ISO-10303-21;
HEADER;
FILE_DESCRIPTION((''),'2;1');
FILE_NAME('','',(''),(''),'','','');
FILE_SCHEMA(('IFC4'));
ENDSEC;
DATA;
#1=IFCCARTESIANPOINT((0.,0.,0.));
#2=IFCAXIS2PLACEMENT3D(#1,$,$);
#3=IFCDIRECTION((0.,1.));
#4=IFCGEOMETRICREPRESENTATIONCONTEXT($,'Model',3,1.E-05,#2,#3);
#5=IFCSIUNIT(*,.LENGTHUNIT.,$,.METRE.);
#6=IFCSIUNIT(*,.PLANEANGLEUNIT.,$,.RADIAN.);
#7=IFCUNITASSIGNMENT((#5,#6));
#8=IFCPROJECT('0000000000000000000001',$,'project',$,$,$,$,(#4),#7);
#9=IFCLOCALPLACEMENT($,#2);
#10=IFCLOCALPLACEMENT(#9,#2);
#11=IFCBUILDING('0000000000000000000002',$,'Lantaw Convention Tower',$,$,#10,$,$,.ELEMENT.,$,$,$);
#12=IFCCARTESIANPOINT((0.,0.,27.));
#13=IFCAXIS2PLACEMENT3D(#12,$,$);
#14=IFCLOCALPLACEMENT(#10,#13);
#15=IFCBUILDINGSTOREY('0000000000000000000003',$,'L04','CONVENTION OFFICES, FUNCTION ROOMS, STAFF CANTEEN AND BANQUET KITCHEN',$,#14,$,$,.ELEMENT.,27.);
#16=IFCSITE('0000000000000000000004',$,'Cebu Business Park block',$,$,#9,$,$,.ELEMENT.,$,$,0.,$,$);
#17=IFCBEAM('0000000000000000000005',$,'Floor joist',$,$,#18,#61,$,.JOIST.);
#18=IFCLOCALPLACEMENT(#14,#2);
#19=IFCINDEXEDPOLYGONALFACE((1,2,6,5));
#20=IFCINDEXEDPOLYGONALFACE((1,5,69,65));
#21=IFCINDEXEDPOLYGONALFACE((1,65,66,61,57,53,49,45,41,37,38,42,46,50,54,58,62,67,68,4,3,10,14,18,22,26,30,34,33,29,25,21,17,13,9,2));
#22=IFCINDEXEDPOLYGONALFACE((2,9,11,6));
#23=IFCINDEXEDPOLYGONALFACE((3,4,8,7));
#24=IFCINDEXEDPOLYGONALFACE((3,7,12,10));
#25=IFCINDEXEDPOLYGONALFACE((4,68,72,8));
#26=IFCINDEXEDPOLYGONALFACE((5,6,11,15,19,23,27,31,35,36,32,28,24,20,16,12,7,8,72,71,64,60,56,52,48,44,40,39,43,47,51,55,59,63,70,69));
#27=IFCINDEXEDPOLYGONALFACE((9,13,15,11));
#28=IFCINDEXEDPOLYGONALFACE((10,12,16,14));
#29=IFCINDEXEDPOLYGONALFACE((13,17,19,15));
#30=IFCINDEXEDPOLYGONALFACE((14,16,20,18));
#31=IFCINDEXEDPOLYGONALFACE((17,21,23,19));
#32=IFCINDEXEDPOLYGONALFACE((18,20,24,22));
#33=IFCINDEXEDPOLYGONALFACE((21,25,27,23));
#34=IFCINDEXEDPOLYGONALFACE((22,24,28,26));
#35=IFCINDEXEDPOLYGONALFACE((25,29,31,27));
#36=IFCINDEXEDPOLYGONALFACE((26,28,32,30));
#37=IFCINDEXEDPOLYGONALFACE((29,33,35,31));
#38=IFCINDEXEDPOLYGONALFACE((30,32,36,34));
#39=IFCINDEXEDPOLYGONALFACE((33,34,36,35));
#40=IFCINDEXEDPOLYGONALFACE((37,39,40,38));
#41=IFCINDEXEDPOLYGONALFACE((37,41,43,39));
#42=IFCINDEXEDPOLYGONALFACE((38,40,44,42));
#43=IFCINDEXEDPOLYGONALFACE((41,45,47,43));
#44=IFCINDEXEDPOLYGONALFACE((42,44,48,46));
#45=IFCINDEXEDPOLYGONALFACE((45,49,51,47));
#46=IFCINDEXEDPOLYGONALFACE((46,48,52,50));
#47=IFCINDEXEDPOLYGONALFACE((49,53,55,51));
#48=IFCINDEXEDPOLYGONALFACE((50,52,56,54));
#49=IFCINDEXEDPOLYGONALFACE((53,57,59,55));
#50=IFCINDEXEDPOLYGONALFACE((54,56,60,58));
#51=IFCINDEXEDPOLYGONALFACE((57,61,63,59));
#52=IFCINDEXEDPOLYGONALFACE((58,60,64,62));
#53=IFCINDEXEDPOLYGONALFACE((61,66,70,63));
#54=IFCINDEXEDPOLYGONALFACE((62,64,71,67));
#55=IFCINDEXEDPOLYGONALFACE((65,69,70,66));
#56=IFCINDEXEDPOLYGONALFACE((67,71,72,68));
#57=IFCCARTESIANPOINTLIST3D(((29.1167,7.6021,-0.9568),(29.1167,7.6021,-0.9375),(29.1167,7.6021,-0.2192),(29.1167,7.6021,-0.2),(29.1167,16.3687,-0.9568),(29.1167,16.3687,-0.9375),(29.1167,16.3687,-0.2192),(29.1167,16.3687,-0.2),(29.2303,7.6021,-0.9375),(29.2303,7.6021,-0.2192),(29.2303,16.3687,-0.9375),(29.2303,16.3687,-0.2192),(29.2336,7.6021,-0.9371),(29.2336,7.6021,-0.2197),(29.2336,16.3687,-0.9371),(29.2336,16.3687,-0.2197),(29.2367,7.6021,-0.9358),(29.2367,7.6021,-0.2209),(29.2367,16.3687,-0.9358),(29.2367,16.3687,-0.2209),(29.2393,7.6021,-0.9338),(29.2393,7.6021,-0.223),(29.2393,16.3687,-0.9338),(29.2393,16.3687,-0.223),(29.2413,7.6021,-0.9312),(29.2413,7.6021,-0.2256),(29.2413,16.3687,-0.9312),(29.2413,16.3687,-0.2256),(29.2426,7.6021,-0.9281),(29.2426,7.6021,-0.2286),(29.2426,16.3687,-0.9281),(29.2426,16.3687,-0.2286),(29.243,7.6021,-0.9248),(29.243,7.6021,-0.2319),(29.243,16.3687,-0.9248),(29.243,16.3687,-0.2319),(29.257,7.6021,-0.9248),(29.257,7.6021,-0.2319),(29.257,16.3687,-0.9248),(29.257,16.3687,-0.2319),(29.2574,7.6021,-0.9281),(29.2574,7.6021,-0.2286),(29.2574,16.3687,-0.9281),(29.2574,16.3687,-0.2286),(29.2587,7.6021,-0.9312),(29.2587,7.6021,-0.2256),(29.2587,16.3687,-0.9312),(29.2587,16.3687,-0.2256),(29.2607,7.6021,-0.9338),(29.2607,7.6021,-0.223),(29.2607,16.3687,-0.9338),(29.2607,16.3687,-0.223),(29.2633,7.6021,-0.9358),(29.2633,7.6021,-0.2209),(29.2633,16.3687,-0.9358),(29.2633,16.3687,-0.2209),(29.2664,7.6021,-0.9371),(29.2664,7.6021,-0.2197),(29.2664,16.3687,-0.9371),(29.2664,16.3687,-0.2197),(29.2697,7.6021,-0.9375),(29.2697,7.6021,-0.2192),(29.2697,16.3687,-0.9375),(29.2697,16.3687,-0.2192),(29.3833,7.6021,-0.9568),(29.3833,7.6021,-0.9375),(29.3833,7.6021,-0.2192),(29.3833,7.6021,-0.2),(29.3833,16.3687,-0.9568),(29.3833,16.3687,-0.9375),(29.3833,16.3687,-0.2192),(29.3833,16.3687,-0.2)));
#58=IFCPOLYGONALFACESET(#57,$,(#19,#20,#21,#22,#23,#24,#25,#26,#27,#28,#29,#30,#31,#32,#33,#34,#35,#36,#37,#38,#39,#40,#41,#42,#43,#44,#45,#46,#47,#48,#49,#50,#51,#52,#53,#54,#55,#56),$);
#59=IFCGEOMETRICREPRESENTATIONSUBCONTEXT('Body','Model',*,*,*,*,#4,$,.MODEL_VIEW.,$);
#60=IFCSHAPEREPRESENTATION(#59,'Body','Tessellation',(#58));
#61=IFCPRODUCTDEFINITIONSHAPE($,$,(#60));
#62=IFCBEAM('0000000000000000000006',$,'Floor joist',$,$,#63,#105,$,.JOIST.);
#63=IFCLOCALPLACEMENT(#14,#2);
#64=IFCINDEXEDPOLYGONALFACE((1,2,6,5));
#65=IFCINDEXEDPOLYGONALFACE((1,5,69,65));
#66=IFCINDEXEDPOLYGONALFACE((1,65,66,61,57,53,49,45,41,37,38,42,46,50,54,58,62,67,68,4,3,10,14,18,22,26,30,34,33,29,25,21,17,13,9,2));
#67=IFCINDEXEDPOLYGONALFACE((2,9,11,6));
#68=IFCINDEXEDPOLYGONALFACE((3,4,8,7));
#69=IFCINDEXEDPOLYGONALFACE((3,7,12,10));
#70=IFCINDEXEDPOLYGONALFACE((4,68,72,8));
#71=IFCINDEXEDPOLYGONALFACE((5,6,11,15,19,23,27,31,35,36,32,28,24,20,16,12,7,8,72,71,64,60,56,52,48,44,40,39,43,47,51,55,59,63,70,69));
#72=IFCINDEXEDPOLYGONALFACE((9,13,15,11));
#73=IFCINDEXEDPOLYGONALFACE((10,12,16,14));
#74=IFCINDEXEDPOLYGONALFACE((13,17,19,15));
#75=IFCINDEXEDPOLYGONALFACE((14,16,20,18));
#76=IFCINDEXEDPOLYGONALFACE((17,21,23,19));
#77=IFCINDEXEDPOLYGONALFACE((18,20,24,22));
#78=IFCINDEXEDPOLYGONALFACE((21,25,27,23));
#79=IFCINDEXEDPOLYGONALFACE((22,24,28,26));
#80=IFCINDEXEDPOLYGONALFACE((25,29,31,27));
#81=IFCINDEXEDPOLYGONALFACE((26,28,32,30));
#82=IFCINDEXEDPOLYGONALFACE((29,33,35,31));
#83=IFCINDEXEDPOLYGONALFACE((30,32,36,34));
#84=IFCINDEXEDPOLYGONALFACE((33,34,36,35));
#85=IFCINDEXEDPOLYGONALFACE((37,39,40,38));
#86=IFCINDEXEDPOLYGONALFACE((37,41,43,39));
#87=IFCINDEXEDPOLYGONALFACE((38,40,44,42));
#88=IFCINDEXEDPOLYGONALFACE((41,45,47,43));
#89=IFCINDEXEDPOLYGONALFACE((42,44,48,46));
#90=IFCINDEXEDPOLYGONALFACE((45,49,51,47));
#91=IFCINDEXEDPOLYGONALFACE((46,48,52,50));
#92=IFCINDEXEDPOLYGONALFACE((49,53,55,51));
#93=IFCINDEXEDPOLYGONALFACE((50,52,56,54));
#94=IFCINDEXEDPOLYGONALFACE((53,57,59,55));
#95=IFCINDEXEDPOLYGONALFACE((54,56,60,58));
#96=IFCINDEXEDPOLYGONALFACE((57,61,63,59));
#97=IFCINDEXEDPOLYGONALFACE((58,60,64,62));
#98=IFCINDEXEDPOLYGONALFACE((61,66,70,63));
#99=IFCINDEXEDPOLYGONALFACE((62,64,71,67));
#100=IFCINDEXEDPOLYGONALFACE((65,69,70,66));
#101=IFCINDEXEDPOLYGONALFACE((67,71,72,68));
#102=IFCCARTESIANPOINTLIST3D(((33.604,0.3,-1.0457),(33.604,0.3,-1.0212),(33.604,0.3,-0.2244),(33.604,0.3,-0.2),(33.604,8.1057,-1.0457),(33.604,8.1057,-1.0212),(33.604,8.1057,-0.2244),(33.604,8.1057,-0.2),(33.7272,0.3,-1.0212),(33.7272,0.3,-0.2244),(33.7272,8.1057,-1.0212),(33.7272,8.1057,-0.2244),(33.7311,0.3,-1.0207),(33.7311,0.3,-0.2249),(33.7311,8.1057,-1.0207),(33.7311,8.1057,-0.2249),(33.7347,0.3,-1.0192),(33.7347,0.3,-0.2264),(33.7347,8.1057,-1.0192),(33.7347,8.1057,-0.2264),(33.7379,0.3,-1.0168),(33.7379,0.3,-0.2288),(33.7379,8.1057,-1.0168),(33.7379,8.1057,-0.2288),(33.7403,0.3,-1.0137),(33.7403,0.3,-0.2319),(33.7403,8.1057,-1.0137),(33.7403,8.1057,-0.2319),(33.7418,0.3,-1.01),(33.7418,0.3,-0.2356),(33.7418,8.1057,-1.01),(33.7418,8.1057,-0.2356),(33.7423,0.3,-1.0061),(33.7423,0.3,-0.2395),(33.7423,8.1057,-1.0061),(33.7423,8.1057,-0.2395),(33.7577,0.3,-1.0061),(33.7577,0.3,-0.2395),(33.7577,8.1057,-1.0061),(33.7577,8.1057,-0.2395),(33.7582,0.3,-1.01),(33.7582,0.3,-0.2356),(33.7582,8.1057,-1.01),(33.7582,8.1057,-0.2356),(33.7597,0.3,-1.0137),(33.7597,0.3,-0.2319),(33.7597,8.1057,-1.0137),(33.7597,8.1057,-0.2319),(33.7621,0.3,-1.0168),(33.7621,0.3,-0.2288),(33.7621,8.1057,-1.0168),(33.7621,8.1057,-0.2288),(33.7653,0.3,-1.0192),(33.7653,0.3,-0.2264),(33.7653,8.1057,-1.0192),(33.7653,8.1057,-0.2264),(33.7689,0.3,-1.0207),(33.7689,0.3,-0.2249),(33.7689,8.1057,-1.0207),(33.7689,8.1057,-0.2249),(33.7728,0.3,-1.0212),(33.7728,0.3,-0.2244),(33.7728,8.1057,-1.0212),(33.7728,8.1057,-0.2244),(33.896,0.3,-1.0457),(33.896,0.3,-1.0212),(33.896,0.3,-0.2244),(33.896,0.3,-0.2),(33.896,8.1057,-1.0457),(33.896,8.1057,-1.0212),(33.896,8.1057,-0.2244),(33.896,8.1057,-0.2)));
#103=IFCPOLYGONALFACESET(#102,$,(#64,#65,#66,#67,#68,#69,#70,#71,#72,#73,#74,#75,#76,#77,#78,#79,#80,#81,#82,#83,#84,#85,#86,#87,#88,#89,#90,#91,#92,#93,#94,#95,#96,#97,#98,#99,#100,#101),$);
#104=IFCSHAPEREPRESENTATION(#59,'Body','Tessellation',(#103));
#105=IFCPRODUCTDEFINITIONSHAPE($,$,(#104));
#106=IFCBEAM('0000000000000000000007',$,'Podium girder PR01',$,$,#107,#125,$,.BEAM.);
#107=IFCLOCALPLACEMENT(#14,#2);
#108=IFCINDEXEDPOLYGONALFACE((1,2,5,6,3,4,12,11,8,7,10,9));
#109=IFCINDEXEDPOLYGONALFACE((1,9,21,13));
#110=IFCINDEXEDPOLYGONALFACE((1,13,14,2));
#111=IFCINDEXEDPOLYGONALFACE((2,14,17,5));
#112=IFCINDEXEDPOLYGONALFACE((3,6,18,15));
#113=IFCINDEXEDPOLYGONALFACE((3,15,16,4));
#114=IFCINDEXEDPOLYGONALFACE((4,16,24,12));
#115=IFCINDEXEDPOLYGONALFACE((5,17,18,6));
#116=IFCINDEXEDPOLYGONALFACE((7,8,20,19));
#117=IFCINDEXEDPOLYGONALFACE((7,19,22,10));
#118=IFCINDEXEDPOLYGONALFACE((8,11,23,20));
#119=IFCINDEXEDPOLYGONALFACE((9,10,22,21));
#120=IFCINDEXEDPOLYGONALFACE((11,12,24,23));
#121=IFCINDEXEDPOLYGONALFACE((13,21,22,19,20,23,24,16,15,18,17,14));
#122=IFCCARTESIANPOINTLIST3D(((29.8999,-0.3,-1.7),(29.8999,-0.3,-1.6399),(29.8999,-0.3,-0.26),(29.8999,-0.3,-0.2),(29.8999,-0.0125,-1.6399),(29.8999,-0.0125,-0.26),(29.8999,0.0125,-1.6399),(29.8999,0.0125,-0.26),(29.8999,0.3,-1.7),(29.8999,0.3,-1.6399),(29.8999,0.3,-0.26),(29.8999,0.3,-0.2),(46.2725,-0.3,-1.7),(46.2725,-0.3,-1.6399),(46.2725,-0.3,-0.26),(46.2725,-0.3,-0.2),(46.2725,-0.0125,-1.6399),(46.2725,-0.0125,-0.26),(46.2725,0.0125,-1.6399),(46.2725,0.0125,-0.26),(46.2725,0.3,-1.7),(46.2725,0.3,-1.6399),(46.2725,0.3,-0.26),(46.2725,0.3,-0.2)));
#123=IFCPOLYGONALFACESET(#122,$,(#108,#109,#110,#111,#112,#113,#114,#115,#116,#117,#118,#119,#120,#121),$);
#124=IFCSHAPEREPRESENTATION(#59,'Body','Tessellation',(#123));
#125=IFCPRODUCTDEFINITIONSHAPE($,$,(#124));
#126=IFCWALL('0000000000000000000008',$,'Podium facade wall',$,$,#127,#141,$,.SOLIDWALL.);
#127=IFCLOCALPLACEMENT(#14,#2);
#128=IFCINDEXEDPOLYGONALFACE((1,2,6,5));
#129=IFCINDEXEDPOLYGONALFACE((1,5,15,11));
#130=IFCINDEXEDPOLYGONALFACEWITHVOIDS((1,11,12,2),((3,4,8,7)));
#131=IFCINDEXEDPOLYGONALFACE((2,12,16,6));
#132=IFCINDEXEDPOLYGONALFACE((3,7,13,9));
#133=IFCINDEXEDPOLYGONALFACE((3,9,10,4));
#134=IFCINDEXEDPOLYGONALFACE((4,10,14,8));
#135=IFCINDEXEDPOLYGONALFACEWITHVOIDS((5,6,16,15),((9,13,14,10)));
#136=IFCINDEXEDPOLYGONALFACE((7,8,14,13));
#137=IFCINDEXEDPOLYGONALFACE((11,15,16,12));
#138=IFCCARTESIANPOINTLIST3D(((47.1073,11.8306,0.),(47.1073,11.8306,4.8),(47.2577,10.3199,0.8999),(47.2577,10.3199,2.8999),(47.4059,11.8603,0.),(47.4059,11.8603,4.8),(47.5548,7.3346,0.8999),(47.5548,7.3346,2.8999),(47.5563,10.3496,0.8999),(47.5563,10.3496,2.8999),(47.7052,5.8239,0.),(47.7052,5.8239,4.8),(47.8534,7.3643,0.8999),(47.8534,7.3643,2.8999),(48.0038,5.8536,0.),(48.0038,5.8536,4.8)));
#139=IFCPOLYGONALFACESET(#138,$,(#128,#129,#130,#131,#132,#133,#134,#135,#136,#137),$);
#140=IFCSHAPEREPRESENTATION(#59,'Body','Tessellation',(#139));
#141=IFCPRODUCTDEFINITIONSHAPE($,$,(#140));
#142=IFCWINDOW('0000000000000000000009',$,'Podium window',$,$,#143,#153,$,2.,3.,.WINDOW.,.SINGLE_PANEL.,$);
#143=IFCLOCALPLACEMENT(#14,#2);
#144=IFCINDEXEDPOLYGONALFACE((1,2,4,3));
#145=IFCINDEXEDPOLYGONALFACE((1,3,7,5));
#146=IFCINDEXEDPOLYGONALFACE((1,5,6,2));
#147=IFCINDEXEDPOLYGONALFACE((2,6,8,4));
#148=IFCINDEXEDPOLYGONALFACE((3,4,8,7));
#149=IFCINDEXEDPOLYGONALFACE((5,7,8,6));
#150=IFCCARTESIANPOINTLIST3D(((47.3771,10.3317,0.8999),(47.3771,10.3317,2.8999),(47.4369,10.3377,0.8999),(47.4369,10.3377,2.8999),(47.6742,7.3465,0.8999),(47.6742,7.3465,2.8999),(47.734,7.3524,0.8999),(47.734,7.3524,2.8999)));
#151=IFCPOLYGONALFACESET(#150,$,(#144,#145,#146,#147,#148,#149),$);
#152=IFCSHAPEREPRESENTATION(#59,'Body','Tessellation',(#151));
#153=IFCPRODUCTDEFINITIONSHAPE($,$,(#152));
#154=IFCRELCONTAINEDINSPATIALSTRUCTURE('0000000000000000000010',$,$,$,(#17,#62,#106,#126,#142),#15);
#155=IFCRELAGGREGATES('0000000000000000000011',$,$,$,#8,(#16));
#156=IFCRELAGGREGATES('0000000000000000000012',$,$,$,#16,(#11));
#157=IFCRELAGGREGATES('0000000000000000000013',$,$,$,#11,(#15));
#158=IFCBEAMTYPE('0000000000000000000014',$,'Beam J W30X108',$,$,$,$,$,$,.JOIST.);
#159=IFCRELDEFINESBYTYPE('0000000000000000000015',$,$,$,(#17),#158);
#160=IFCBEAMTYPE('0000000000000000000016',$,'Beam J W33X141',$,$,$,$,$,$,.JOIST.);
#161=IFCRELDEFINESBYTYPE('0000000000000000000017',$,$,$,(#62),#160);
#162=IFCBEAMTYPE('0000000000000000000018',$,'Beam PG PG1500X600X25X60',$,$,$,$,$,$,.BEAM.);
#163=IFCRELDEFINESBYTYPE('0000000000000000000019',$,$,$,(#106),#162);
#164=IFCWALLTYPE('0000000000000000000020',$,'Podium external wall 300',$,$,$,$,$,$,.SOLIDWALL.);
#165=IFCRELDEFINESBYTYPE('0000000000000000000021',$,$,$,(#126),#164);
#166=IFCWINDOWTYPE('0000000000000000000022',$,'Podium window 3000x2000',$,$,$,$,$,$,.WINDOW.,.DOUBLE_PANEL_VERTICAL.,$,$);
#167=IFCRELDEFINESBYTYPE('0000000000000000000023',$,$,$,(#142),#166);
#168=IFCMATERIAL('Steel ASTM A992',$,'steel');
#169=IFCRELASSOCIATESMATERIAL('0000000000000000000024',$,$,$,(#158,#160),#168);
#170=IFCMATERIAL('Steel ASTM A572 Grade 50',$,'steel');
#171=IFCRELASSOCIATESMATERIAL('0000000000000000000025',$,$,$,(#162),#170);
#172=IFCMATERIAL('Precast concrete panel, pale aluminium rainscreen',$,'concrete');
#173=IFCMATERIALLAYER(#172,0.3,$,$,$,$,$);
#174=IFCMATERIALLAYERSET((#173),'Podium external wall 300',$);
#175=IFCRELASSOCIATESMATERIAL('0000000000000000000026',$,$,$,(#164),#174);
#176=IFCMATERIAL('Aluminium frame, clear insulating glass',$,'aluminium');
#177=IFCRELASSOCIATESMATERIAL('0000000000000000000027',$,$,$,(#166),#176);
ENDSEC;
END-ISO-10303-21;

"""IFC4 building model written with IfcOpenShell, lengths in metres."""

from ifc_helpers import new_model, si_unit, direction, frame, frame_2d, origin, origin_2d, place, context, subcontext, project, spatial, rectangle, i_section, extrude, material, layer, layer_set, material_profile, profile_set, type_object, element, fill, save


model = new_model("IFC4")

# Units and contexts
model_context = context("Model", 3, precision=1e-05, world=origin(), true_north=direction((0.0, 1.0)))
body_context = subcontext(model_context, "Body", "Model", "MODEL_VIEW")
ifc_project = project(units=[si_unit("LENGTHUNIT", "METRE"), si_unit("PLANEANGLEUNIT", "RADIAN")], contexts=[model_context])

# Site, building, storey
site_placement = place(None, origin())
site = spatial("IfcSite", under=ifc_project, at=site_placement, Name="Cebu Business Park block", CompositionType="ELEMENT", RefElevation=0.0)
building_placement = place(site_placement, origin())
building = spatial("IfcBuilding", under=site, at=building_placement, Name="Lantaw Convention Tower", CompositionType="ELEMENT")
storey_placement = place(building_placement, frame((0.0, 0.0, 27.0)))
storey = spatial("IfcBuildingStorey", under=building, at=storey_placement, Name="L04", Description="CONVENTION OFFICES, FUNCTION ROOMS, STAFF CANTEEN AND BANQUET KITCHEN", CompositionType="ELEMENT", Elevation=27.0)

# Shared definitions
ifc_material_1 = material(Name="Steel ASTM A572 Grade 50", Category="steel")

# Beams
ifc_material_2 = material(Name="Steel ASTM A992", Category="steel")
ifc_material_profile_1 = material_profile(ifc_material_2, i_section(OverallWidth=0.2666, OverallDepth=0.7568, WebThickness=0.0139, FlangeThickness=0.0193, FilletRadius=0.0127, at=origin_2d()), Name="W30X108")
ifc_profile_set_1 = profile_set([ifc_material_profile_1], Name="Steel ASTM A992")
beam_type_1 = type_object("IfcBeamType", Name="Beam J W30X108", PredefinedType="JOIST", material=ifc_profile_set_1)
beam_1_placement = place(storey_placement, frame((29.25, 7.6021, -0.5784), z_axis=(0.0, 1.0, 0.0), x_axis=(-1.0, 0.0, 0.0)))
element("IfcBeam", 1, at=beam_1_placement, inside=storey, type_object=beam_type_1, Name="Floor joist", PredefinedType="JOIST", context=body_context, shape_type="SweptSolid", body=[
    extrude(i_section(OverallWidth=0.2666, OverallDepth=0.7568, WebThickness=0.0139, FlangeThickness=0.0193, FilletRadius=0.0127, at=origin_2d()), origin(), (0.0, 0.0, 1.0), 8.7666),
])
ifc_material_profile_2 = material_profile(ifc_material_2, i_section(OverallWidth=0.292, OverallDepth=0.8457, WebThickness=0.0154, FlangeThickness=0.0244, FilletRadius=0.0151, at=origin_2d()), Name="W33X141")
ifc_profile_set_2 = profile_set([ifc_material_profile_2], Name="Steel ASTM A992")
beam_type_2 = type_object("IfcBeamType", Name="Beam J W33X141", PredefinedType="JOIST", material=ifc_profile_set_2)
beam_2_placement = place(storey_placement, frame((33.75, 0.3, -0.6228), z_axis=(0.0, 1.0, 0.0), x_axis=(-1.0, 0.0, 0.0)))
element("IfcBeam", 2, at=beam_2_placement, inside=storey, type_object=beam_type_2, Name="Floor joist", PredefinedType="JOIST", context=body_context, shape_type="SweptSolid", body=[
    extrude(i_section(OverallWidth=0.292, OverallDepth=0.8457, WebThickness=0.0154, FlangeThickness=0.0244, FilletRadius=0.0151, at=origin_2d()), origin(), (0.0, 0.0, 1.0), 7.8057),
])
ifc_material_profile_3 = material_profile(ifc_material_1, i_section(OverallWidth=0.6001, OverallDepth=1.5, WebThickness=0.0249, FlangeThickness=0.0601, at=origin_2d()), Name="PG1500X600X25X60")
ifc_profile_set_3 = profile_set([ifc_material_profile_3], Name="Steel ASTM A572 Grade 50")
beam_type_3 = type_object("IfcBeamType", Name="Beam PG PG1500X600X25X60", PredefinedType="BEAM", material=ifc_profile_set_3)
beam_3_placement = place(storey_placement, frame((29.8999, 0.0, -0.95), z_axis=(1.0, 0.0, 0.0), x_axis=(0.0, 1.0, 0.0)))
element("IfcBeam", 3, at=beam_3_placement, inside=storey, type_object=beam_type_3, Name="Podium girder PR01", PredefinedType="BEAM", context=body_context, shape_type="SweptSolid", body=[
    extrude(i_section(OverallWidth=0.6001, OverallDepth=1.5, WebThickness=0.0249, FlangeThickness=0.0601, at=origin_2d()), origin(), (0.0, 0.0, 1.0), 16.3726),
])

# Wall, opening, window
ifc_material_3 = material(Name="Precast concrete panel, pale aluminium rainscreen", Category="concrete")
ifc_layer_1 = layer(ifc_material_3, 0.3)
ifc_layer_set_1 = layer_set([ifc_layer_1], Name="Podium external wall 300")
wall_type_1 = type_object("IfcWallType", Name="Podium external wall 300", PredefinedType="SOLIDWALL", material=ifc_layer_set_1)
wall_1_placement = place(storey_placement, frame((47.8545, 5.8389, 0.0), z_axis=(0.0, 0.0, 1.0), x_axis=(-0.099051, 0.995082, 0.0)))
wall_1 = element("IfcWall", 4, at=wall_1_placement, inside=storey, type_object=wall_type_1, Name="Podium facade wall", PredefinedType="SOLIDWALL", context=body_context, shape_type="SweptSolid", body=[
    extrude(rectangle(XDim=6.0364, YDim=0.3, at=frame_2d((3.0181, 0.0))), origin(), (0.0, 0.0, 1.0), 4.8),
])
opening_1_placement = place(wall_1_placement, frame((1.5181, 0.0, 0.8999)))
opening_1 = element("IfcOpeningElement", 5, at=opening_1_placement, cuts=wall_1, PredefinedType="OPENING", context=body_context, shape_type="SweptSolid", body=[
    extrude(rectangle(XDim=3.0, YDim=2.0, at=frame_2d((1.5, 1.0))), frame((0.0, 0.1599, 0.0), z_axis=(0.0, -1.0, 0.0), x_axis=(1.0, 0.0, 0.0)), (0.0, 0.0, 1.0), 0.3201),
])
ifc_material_4 = material(Name="Aluminium frame, clear insulating glass", Category="aluminium")
window_type = type_object("IfcWindowType", Name="Podium window 3000x2000", PartitioningType="DOUBLE_PANEL_VERTICAL", PredefinedType="WINDOW", material=ifc_material_4)
window_1_placement = place(opening_1_placement, origin())
window_1 = element("IfcWindow", 6, at=window_1_placement, inside=storey, type_object=window_type, Name="Podium window", OverallHeight=2.0, OverallWidth=3.0, PartitioningType="SINGLE_PANEL", PredefinedType="WINDOW", context=body_context, shape_type="SweptSolid", body=[
    extrude(rectangle(XDim=3.0, YDim=2.0, at=frame_2d((1.5, 1.0))), frame((0.0, 0.03, 0.0), z_axis=(0.0, -1.0, 0.0), x_axis=(1.0, 0.0, 0.0)), (0.0, 0.0, 1.0), 0.0601),
])
fill(opening_1, window_1)

save(model, "model.ifc")
